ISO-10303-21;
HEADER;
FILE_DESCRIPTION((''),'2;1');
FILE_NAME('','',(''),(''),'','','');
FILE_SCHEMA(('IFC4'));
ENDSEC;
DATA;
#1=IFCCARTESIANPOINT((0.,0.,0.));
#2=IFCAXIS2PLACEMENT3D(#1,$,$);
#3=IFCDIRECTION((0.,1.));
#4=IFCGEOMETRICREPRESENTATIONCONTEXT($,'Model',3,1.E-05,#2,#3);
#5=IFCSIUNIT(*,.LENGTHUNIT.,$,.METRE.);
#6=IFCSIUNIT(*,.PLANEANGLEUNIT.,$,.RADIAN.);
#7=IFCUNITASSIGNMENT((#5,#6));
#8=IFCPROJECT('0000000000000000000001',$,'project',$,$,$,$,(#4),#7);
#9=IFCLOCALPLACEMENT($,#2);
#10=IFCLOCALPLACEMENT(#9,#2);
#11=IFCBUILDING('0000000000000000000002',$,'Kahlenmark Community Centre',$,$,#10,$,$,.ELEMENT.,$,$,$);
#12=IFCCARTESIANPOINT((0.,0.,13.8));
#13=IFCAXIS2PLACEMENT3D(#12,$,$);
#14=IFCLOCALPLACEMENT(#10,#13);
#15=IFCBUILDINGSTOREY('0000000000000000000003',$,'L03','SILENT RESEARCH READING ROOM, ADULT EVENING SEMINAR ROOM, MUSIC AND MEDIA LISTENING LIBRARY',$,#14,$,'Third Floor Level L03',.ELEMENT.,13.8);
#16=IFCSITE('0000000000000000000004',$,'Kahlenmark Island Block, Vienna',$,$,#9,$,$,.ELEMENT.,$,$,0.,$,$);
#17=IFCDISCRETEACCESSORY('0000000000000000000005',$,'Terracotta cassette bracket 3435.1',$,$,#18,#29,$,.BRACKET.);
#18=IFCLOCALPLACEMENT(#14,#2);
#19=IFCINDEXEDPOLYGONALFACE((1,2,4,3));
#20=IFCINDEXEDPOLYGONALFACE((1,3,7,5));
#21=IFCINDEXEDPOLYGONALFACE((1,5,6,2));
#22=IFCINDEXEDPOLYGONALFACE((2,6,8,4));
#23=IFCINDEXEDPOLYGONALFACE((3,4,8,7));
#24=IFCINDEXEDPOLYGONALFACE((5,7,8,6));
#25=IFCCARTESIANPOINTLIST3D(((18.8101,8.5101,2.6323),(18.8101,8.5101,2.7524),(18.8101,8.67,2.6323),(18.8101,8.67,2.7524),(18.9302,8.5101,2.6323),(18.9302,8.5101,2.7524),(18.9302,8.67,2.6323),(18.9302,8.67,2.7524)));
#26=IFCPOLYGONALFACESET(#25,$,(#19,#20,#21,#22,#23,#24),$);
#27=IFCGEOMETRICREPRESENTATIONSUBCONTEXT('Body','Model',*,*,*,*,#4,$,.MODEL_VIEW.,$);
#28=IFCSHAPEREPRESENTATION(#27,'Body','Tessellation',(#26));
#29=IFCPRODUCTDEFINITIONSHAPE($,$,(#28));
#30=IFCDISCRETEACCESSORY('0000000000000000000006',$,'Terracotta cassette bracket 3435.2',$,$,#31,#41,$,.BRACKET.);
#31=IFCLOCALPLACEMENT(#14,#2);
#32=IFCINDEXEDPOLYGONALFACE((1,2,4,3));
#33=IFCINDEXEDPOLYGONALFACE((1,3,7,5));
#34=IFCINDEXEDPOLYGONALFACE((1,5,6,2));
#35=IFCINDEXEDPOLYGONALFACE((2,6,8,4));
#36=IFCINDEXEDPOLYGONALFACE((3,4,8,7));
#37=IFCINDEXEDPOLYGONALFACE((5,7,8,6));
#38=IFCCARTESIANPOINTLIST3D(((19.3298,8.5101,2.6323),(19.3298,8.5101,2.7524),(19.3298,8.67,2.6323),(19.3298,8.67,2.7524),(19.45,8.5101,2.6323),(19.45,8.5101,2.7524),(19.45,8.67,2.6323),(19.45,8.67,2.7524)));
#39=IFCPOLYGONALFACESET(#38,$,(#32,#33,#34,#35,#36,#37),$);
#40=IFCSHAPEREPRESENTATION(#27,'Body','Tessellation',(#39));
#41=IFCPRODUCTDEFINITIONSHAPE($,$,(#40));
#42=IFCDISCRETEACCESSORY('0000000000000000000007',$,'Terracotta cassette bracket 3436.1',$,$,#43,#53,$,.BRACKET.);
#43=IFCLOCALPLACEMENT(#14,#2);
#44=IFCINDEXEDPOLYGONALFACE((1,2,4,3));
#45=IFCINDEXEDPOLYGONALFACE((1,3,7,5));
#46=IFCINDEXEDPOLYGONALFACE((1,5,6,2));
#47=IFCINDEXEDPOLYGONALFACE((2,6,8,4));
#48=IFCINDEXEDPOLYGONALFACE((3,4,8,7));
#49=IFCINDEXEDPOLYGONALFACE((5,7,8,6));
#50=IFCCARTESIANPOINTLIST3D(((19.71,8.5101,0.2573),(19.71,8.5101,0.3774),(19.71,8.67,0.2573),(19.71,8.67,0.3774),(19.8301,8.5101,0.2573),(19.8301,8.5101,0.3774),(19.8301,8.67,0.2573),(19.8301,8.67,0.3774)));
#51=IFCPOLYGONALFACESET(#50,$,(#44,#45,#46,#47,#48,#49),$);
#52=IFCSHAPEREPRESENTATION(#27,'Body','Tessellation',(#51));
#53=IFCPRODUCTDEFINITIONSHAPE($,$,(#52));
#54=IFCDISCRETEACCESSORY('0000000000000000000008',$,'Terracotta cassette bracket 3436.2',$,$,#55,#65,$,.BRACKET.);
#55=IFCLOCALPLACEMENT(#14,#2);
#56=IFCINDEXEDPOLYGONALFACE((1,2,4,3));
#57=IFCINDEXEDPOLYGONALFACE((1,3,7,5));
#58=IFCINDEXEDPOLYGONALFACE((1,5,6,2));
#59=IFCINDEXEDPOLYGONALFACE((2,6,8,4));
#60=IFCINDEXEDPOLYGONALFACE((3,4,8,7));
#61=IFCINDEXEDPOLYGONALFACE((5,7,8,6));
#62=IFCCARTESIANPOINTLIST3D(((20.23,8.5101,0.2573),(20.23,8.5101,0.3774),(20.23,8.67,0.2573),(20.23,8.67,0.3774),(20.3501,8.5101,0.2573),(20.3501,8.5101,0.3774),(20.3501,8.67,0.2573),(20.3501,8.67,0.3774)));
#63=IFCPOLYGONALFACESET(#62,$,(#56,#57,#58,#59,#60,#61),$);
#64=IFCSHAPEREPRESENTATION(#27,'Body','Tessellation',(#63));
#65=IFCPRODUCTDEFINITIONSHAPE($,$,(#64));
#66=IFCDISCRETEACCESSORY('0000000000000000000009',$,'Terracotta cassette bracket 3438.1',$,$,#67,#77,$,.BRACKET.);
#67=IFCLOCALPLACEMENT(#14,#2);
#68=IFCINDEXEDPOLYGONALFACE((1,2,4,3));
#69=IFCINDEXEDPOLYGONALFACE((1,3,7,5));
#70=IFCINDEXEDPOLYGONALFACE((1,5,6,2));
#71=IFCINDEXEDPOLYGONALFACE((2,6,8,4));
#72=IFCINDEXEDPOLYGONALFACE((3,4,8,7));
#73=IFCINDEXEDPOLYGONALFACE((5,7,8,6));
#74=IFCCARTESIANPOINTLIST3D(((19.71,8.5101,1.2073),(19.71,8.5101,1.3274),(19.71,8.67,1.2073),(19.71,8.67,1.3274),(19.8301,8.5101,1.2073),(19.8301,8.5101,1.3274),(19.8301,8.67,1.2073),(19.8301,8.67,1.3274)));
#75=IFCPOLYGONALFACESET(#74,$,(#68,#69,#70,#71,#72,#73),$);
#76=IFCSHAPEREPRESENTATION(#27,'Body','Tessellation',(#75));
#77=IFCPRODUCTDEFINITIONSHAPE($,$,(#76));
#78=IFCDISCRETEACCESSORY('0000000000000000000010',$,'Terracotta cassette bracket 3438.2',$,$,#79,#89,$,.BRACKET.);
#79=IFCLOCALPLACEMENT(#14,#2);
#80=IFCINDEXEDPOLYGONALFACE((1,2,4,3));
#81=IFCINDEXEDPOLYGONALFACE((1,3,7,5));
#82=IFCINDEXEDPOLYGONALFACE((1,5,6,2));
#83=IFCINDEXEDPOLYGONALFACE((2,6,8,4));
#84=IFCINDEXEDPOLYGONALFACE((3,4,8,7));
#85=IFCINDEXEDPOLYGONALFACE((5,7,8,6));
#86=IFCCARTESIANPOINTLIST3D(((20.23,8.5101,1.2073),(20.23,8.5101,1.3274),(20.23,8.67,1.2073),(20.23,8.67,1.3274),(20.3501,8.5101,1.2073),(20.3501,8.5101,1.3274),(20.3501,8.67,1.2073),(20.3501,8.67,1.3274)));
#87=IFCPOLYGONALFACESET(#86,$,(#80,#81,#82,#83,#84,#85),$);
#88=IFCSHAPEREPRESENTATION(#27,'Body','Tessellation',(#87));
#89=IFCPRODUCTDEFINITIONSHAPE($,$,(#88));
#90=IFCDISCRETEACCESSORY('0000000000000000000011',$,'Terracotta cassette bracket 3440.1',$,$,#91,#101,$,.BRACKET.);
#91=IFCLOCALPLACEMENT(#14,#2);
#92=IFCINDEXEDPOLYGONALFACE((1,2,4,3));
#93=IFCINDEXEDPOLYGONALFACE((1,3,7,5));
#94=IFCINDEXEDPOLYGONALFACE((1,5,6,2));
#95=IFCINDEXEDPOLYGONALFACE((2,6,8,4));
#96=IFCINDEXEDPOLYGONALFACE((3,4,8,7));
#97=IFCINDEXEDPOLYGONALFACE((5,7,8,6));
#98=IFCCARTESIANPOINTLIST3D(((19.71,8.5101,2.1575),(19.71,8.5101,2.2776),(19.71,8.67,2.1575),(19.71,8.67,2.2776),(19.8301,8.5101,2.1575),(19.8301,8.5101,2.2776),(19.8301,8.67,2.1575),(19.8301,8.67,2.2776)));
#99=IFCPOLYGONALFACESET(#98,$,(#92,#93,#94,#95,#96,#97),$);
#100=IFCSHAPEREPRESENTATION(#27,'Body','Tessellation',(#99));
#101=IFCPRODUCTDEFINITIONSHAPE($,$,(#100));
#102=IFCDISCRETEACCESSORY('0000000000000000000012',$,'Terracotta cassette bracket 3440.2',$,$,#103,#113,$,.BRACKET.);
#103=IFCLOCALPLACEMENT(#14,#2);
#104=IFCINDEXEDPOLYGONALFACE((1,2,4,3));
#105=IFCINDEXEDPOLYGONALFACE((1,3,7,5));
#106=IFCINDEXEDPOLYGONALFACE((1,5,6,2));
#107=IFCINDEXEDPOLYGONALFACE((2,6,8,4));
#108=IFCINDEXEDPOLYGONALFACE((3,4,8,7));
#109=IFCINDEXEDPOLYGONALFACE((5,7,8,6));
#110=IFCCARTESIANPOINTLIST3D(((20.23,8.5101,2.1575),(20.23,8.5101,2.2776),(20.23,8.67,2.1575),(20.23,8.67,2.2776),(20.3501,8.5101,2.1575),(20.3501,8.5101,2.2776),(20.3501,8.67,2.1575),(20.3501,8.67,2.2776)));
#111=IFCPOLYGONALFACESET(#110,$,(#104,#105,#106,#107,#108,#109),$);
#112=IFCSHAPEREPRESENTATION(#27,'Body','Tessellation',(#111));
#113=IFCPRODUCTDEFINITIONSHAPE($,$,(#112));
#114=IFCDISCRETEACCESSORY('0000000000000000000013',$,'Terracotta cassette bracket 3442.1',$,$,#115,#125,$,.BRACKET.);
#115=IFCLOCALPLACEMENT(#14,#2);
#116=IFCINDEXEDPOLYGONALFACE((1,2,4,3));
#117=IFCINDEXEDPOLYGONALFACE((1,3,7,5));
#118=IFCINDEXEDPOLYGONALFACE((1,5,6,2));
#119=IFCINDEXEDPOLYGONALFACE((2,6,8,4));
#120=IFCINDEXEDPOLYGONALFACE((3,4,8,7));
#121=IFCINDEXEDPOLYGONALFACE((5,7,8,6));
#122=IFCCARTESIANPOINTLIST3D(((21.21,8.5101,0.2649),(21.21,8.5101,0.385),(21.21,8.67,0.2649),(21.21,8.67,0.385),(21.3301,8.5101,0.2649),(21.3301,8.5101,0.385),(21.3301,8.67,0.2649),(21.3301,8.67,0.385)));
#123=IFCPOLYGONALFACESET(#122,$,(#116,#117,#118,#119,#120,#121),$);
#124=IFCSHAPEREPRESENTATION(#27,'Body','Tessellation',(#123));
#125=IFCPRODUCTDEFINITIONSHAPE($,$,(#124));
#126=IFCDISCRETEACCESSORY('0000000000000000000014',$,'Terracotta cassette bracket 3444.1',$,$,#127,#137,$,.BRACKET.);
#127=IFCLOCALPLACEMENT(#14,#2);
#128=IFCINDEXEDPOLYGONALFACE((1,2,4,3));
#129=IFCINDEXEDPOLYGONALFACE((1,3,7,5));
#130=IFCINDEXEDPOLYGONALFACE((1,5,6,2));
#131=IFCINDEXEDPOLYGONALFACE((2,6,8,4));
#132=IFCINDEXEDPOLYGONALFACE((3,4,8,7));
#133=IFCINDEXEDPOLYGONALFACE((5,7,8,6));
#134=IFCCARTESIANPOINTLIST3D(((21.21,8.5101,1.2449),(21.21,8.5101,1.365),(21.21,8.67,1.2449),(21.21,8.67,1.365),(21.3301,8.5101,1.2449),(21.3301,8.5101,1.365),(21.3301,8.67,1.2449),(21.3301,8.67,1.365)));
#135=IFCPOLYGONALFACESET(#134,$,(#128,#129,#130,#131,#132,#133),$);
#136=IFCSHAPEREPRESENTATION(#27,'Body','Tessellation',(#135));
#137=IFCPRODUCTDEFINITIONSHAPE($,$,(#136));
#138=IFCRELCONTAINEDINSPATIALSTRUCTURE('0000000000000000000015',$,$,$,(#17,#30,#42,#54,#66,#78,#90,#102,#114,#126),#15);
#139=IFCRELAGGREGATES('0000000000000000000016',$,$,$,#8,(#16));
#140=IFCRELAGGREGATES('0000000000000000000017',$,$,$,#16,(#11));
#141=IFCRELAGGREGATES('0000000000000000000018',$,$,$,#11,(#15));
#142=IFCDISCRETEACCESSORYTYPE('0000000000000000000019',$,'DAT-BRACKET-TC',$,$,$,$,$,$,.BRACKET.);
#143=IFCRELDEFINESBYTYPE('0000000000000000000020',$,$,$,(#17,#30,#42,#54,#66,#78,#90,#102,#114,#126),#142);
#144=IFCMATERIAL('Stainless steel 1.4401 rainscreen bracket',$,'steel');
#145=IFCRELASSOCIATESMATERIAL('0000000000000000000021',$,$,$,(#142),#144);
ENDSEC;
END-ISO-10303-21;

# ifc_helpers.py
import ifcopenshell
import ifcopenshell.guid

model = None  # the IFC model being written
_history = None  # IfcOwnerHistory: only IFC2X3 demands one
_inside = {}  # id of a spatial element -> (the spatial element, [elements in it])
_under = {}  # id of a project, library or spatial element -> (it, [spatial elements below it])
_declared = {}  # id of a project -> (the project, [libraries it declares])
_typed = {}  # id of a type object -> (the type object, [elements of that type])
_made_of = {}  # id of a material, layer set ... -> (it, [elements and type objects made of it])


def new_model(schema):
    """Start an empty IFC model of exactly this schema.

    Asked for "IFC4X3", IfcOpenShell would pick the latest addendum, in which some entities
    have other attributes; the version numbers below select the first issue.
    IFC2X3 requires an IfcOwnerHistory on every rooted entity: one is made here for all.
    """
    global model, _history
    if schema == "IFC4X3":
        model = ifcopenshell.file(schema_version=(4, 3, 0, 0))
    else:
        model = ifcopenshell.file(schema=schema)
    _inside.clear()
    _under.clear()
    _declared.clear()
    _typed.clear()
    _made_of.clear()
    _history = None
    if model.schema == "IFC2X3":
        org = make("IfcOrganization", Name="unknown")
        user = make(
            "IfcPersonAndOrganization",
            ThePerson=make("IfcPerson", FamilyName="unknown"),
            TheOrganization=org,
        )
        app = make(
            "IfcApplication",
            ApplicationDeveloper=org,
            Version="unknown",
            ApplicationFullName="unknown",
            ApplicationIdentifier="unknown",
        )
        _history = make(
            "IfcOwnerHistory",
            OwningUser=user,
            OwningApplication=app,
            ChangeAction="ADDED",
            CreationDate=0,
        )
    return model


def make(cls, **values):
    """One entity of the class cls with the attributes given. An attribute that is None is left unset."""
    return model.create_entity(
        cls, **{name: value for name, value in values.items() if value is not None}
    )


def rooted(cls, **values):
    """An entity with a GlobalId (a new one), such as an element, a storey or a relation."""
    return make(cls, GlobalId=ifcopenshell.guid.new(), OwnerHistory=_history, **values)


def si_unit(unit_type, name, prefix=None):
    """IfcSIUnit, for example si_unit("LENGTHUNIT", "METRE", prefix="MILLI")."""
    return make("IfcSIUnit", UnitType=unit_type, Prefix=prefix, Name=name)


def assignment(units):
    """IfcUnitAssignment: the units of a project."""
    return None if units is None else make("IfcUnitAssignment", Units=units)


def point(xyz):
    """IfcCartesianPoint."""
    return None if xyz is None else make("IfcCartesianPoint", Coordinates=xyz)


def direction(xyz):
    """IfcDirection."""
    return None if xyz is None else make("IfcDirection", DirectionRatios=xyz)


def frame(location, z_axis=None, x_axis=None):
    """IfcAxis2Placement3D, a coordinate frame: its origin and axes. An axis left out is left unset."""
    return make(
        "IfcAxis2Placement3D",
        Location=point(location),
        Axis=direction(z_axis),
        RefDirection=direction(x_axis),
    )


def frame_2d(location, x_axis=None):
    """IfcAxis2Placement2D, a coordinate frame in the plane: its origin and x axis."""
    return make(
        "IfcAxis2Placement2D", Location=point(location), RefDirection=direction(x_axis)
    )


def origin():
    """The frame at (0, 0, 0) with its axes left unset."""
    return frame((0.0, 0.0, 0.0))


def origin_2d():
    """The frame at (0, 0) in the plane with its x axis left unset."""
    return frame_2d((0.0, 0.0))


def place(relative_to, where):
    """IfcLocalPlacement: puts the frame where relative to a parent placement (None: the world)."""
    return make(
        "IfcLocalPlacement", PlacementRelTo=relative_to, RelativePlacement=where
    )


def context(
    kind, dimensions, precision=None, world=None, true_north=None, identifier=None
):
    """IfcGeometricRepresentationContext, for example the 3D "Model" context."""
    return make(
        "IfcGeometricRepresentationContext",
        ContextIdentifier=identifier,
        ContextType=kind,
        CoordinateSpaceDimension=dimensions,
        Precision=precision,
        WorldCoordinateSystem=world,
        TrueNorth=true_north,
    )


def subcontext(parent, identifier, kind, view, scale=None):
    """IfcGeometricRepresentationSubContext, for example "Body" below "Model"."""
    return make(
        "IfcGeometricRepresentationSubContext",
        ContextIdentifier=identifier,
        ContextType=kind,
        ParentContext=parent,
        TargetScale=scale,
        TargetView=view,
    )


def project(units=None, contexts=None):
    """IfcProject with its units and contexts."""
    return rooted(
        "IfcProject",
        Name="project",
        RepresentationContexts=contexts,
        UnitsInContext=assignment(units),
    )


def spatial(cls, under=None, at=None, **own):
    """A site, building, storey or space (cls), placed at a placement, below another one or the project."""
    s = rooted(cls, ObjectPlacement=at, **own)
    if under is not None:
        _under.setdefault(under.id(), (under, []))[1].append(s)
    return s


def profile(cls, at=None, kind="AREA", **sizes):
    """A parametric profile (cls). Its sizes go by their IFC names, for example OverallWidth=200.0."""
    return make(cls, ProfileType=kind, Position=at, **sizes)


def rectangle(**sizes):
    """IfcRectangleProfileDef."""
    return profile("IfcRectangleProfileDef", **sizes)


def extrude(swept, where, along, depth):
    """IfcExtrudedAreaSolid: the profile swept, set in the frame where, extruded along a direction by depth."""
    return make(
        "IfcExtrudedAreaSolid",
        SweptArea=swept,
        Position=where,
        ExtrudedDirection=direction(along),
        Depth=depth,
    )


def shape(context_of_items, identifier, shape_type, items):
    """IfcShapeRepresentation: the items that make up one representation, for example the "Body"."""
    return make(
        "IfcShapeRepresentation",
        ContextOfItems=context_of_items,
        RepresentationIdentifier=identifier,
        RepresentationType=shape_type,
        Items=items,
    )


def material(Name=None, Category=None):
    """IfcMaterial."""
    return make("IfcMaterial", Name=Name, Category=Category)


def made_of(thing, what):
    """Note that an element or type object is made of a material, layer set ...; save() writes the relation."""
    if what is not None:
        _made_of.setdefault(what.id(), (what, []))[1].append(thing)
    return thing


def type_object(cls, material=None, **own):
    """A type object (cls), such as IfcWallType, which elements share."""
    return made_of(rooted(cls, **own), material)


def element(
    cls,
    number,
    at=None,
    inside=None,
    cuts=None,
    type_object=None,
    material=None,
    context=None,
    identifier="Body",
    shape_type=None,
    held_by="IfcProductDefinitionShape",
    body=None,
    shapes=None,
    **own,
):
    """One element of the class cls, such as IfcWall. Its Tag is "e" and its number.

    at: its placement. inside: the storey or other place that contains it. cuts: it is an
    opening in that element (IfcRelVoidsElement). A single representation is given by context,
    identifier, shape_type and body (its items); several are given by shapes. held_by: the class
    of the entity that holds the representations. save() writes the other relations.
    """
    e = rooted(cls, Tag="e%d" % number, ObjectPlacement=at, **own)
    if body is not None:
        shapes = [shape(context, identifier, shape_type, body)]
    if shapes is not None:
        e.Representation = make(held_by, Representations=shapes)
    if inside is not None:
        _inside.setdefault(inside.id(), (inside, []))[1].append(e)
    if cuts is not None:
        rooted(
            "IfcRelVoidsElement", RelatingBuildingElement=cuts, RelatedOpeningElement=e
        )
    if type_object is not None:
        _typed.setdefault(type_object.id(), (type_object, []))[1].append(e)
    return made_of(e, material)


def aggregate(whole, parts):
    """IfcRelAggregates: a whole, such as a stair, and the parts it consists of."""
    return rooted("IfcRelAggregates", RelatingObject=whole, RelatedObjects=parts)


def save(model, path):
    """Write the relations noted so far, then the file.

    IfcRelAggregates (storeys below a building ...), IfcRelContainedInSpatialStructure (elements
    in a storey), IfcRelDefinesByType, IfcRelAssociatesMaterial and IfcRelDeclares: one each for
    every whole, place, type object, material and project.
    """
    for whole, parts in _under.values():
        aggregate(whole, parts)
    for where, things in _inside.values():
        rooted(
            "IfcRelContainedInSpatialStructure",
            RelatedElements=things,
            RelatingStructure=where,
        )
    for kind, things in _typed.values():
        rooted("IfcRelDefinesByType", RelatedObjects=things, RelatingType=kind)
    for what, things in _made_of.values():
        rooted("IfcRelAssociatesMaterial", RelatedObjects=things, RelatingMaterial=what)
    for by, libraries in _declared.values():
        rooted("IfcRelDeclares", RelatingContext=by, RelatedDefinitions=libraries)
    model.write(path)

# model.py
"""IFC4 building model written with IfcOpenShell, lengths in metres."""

from ifc_helpers import new_model, si_unit, direction, frame, origin, origin_2d, place, context, subcontext, project, spatial, rectangle, extrude, material, type_object, element, save


model = new_model("IFC4")

# Units and contexts
model_context = context("Model", 3, precision=1e-05, world=origin(), true_north=direction((0.0, 1.0)))
body_context = subcontext(model_context, "Body", "Model", "MODEL_VIEW")
ifc_project = project(units=[si_unit("LENGTHUNIT", "METRE"), si_unit("PLANEANGLEUNIT", "RADIAN")], contexts=[model_context])

# Site, building, storey
site_placement = place(None, origin())
site = spatial("IfcSite", under=ifc_project, at=site_placement, Name="Kahlenmark Island Block, Vienna", CompositionType="ELEMENT", RefElevation=0.0)
building_placement = place(site_placement, origin())
building = spatial("IfcBuilding", under=site, at=building_placement, Name="Kahlenmark Community Centre", CompositionType="ELEMENT")
storey_placement = place(building_placement, frame((0.0, 0.0, 13.8)))
storey = spatial("IfcBuildingStorey", under=building, at=storey_placement, Name="L03", Description="SILENT RESEARCH READING ROOM, ADULT EVENING SEMINAR ROOM, MUSIC AND MEDIA LISTENING LIBRARY", LongName="Third Floor Level L03", CompositionType="ELEMENT", Elevation=13.8)

# Discrete accessories
ifc_material_1 = material(Name="Stainless steel 1.4401 rainscreen bracket", Category="steel")
discrete_accessory_type = type_object("IfcDiscreteAccessoryType", Name="DAT-BRACKET-TC", PredefinedType="BRACKET", material=ifc_material_1)
for number, where, z_axis, x_axis, name in (
    (1, (18.8701, 8.5901, 2.6323), (0.0, 0.0, 1.0), (1.0, 0.0, 0.0), "Terracotta cassette bracket 3435.1"),
    (2, (19.3899, 8.5901, 2.6323), (0.0, 0.0, 1.0), (1.0, 0.0, 0.0), "Terracotta cassette bracket 3435.2"),
    (3, (19.77, 8.5901, 0.2573), (0.0, 0.0, 1.0), (1.0, 0.0, 0.0), "Terracotta cassette bracket 3436.1"),
    (4, (20.29, 8.5901, 0.2573), (0.0, 0.0, 1.0), (1.0, 0.0, 0.0), "Terracotta cassette bracket 3436.2"),
    (5, (19.77, 8.5901, 1.2073), (0.0, 0.0, 1.0), (1.0, 0.0, 0.0), "Terracotta cassette bracket 3438.1"),
    (6, (20.29, 8.5901, 1.2073), (0.0, 0.0, 1.0), (1.0, 0.0, 0.0), "Terracotta cassette bracket 3438.2"),
    (7, (19.77, 8.5901, 2.1575), (0.0, 0.0, 1.0), (1.0, 0.0, 0.0), "Terracotta cassette bracket 3440.1"),
    (8, (20.29, 8.5901, 2.1575), (0.0, 0.0, 1.0), (1.0, 0.0, 0.0), "Terracotta cassette bracket 3440.2"),
    (9, (21.27, 8.5901, 0.2649), (0.0, 0.0, 1.0), (1.0, 0.0, 0.0), "Terracotta cassette bracket 3442.1"),
    (10, (21.27, 8.5901, 1.2449), (0.0, 0.0, 1.0), (1.0, 0.0, 0.0), "Terracotta cassette bracket 3444.1"),
):
    element("IfcDiscreteAccessory", number, at=place(storey_placement, frame(where, z_axis=z_axis, x_axis=x_axis)), inside=storey, type_object=discrete_accessory_type, Name=name, PredefinedType="BRACKET", context=body_context, shape_type="SweptSolid", body=[
        extrude(rectangle(XDim=0.1201, YDim=0.1599, at=origin_2d()), origin(), (0.0, 0.0, 1.0), 0.1201),
    ])

save(model, "model.ifc")
